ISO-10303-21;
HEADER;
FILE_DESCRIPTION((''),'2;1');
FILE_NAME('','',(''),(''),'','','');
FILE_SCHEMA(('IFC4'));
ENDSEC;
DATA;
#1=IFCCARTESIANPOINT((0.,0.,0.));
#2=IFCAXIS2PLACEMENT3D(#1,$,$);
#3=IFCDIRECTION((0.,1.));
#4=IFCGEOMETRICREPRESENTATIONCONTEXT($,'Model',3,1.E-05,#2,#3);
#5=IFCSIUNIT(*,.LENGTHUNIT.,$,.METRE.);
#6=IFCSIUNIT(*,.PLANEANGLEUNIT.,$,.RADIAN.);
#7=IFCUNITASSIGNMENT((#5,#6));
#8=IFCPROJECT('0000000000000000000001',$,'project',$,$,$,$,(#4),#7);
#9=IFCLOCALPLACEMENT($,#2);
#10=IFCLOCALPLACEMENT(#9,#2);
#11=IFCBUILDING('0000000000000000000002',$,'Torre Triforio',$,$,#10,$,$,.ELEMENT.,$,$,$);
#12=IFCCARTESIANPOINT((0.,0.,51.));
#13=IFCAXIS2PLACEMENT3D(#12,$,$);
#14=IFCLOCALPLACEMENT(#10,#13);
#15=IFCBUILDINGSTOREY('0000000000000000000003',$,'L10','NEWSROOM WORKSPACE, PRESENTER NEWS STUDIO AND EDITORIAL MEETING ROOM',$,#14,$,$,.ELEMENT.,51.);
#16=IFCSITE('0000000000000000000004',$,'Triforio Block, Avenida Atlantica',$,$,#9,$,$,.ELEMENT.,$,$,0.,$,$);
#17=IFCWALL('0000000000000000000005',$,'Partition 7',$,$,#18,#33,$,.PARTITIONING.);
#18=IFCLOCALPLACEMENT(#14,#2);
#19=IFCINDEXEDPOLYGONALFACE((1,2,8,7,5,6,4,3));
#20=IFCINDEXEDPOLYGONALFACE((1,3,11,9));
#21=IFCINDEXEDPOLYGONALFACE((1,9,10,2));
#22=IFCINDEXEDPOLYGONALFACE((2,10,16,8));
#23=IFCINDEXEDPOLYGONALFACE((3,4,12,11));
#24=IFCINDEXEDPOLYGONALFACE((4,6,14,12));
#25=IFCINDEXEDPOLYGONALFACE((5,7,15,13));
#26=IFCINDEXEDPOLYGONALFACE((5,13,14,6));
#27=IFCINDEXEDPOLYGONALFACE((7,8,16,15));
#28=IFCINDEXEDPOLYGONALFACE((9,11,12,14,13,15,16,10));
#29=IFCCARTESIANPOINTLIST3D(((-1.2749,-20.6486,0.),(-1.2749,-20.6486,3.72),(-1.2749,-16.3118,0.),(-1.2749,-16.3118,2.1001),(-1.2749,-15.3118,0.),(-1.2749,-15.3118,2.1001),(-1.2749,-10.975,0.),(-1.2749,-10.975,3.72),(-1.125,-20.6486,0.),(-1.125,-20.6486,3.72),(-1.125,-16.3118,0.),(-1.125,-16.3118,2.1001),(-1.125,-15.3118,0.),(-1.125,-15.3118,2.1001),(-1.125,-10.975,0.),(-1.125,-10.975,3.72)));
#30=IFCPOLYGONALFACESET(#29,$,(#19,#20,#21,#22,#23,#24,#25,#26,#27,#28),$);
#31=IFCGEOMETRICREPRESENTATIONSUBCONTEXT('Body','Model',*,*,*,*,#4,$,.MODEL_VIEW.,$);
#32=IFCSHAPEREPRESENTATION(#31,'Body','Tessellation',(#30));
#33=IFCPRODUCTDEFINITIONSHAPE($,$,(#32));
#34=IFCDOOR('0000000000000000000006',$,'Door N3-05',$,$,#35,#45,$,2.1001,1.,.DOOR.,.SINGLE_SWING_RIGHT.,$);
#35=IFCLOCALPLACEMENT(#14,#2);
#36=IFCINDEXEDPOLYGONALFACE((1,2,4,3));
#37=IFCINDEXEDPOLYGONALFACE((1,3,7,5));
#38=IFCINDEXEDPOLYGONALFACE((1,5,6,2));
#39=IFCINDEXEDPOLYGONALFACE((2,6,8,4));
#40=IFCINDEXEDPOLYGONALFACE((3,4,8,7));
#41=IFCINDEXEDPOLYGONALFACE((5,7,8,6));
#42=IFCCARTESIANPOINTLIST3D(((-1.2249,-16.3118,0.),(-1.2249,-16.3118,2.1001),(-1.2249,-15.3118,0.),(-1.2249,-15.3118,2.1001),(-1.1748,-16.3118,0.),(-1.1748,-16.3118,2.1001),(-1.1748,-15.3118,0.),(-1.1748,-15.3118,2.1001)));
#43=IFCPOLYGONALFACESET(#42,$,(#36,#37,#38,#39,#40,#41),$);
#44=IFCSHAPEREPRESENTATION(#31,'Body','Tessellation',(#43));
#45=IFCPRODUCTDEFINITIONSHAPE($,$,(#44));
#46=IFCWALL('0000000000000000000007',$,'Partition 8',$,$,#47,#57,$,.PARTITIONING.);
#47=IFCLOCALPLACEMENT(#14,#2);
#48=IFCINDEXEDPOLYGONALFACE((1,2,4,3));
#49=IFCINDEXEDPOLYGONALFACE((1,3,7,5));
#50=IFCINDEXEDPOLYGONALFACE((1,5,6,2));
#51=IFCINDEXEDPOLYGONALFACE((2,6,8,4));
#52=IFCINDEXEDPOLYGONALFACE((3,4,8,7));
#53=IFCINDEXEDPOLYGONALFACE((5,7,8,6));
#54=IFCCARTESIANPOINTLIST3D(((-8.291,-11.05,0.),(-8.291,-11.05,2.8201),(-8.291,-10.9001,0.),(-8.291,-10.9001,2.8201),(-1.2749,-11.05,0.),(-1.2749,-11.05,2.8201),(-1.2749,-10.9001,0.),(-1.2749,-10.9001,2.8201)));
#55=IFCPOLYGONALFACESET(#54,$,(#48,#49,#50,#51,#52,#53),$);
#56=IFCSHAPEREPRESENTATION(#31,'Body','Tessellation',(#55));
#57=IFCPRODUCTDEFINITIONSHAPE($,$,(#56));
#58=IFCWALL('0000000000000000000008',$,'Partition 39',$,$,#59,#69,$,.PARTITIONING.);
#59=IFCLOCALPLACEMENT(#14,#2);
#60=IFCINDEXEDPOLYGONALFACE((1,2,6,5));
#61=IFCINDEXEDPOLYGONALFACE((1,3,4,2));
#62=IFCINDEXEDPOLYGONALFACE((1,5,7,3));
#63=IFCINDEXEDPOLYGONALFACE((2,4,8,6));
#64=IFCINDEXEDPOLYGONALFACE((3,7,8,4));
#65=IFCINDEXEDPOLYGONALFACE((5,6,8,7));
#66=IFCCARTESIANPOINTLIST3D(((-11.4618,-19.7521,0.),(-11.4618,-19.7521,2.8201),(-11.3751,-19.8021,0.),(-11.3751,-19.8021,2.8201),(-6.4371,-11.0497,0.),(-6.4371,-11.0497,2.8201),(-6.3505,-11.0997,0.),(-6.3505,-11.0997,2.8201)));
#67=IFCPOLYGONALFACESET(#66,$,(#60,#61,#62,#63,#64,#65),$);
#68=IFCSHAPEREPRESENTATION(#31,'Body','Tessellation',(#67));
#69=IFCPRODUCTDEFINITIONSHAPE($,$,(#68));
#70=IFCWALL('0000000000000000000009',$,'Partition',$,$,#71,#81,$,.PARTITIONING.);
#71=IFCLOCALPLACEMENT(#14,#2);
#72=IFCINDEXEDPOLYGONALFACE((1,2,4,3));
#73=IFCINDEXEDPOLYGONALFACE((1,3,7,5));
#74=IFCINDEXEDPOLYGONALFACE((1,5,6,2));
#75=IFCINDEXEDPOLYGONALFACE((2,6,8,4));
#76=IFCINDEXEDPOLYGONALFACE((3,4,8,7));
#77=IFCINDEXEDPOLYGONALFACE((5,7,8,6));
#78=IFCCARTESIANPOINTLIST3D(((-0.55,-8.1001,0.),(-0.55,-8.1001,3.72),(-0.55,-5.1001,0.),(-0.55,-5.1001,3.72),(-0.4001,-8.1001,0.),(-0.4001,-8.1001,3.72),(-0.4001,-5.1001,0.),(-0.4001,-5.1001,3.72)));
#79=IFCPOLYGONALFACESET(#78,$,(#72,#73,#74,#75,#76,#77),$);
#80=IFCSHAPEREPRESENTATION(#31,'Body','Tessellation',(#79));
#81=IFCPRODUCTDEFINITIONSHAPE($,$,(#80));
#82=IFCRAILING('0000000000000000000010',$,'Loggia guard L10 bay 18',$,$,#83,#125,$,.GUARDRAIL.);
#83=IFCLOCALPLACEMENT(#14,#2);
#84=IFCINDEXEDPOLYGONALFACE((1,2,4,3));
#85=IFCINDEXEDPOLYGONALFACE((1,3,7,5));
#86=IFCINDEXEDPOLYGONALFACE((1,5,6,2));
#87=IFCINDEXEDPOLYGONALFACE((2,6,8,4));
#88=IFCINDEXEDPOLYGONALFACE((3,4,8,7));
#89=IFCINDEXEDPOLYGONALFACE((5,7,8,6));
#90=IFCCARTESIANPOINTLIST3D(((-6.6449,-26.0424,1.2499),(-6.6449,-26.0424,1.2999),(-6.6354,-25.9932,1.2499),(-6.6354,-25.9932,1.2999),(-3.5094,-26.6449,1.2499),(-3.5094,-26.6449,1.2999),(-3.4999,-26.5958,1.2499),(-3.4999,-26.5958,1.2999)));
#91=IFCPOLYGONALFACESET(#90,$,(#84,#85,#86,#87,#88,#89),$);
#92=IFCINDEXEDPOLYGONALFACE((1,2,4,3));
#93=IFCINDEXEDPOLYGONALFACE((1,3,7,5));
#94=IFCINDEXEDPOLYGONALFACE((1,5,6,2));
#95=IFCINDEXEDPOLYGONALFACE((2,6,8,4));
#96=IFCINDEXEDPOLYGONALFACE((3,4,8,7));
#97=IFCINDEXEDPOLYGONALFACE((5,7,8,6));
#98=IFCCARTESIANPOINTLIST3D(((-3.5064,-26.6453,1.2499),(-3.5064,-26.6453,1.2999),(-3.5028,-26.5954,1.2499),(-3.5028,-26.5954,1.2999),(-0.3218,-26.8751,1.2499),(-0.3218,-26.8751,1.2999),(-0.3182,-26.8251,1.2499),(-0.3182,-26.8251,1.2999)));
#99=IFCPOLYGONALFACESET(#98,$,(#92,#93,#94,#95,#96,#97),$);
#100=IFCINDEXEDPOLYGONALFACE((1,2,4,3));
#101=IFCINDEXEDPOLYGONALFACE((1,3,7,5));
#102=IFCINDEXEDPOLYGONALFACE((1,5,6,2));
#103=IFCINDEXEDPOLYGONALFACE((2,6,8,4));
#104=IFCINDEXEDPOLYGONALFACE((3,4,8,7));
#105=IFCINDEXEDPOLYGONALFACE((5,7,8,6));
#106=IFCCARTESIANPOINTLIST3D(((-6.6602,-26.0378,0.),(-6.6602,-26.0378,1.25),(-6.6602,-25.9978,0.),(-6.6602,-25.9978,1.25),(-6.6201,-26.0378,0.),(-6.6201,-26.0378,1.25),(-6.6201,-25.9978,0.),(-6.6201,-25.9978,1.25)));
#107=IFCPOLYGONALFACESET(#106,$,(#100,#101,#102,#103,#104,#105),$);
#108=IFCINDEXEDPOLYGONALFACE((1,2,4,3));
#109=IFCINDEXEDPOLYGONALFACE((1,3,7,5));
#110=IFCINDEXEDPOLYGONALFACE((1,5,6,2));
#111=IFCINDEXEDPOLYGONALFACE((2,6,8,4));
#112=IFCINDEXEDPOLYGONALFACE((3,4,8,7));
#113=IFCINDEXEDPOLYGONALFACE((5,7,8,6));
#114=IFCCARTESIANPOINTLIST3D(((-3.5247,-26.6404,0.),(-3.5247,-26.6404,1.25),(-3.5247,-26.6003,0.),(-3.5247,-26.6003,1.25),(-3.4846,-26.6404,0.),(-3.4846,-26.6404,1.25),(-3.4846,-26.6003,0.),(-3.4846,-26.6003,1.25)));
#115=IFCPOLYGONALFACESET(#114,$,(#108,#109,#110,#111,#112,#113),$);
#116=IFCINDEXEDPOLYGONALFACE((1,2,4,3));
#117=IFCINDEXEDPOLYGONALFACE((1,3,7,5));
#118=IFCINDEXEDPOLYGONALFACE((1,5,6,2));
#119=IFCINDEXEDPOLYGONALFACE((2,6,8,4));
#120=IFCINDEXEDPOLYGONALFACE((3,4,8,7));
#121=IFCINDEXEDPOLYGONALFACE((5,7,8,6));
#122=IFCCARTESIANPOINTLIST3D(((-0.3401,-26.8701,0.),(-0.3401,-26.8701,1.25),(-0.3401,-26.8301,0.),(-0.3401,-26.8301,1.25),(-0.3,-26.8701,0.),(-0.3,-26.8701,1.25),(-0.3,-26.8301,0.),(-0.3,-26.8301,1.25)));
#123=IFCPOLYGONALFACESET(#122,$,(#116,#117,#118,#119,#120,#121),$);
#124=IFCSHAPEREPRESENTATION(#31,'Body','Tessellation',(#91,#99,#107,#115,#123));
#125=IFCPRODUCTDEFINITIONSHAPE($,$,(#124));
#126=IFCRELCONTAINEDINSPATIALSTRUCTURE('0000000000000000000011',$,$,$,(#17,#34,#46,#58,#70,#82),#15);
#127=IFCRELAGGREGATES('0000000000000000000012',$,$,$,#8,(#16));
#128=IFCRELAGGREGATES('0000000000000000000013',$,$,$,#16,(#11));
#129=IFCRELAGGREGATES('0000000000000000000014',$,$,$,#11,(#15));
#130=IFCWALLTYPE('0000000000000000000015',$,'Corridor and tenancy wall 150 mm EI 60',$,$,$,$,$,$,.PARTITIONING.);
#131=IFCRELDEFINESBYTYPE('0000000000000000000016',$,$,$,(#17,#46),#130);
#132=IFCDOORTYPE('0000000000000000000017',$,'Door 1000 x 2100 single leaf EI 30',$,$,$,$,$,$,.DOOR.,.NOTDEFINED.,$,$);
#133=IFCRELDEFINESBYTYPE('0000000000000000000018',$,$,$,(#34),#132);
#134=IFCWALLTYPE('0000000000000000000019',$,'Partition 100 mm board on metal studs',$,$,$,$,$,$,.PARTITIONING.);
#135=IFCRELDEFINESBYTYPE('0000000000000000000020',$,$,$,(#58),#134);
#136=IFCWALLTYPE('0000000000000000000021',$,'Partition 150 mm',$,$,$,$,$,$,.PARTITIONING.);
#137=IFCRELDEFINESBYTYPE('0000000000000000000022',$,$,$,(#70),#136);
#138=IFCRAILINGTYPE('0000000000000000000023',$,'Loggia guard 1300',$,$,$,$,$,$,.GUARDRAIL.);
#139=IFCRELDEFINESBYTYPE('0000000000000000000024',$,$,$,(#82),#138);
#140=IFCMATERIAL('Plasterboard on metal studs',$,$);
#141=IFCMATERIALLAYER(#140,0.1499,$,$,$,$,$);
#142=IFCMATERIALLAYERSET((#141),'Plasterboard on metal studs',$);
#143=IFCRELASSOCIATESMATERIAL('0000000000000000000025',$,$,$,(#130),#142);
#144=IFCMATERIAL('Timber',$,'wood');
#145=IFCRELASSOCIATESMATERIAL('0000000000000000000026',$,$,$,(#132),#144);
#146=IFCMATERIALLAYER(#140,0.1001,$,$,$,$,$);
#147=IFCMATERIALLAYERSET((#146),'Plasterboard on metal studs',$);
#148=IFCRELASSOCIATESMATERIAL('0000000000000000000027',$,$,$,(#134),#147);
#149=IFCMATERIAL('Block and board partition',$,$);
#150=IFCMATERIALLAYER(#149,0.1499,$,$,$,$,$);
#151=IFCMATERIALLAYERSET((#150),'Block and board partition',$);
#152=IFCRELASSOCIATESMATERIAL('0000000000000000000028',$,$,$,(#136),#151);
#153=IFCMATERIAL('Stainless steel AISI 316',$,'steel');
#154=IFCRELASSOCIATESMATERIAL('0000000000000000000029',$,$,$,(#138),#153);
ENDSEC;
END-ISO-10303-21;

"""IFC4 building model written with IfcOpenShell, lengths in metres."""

from ifc_helpers import new_model, si_unit, direction, frame, frame_2d, origin, origin_2d, place, context, subcontext, project, spatial, rectangle, extrude, material, layer, layer_set, type_object, element, fill, save


model = new_model("IFC4")

# Units and contexts
model_context = context("Model", 3, precision=1e-05, world=origin(), true_north=direction((0.0, 1.0)))
body_context = subcontext(model_context, "Body", "Model", "MODEL_VIEW")
ifc_project = project(units=[si_unit("LENGTHUNIT", "METRE"), si_unit("PLANEANGLEUNIT", "RADIAN")], contexts=[model_context])

# Site, building, storey
site_placement = place(None, origin())
site = spatial("IfcSite", under=ifc_project, at=site_placement, Name="Triforio Block, Avenida Atlantica", CompositionType="ELEMENT", RefElevation=0.0)
building_placement = place(site_placement, origin())
building = spatial("IfcBuilding", under=site, at=building_placement, Name="Torre Triforio", CompositionType="ELEMENT")
storey_placement = place(building_placement, frame((0.0, 0.0, 51.0)))
storey = spatial("IfcBuildingStorey", under=building, at=storey_placement, Name="L10", Description="NEWSROOM WORKSPACE, PRESENTER NEWS STUDIO AND EDITORIAL MEETING ROOM", CompositionType="ELEMENT", Elevation=51.0)

# Wall, opening, door
ifc_material_1 = material(Name="Plasterboard on metal studs")
ifc_layer_1 = layer(ifc_material_1, 0.1499)
ifc_layer_set_1 = layer_set([ifc_layer_1], Name="Plasterboard on metal studs")
wall_type_1 = type_object("IfcWallType", Name="Corridor and tenancy wall 150 mm EI 60", PredefinedType="PARTITIONING", material=ifc_layer_set_1)
wall_1_placement = place(storey_placement, frame((-1.2, -20.6487, 0.0), z_axis=(0.0, 0.0, 1.0), x_axis=(0.0, 1.0, 0.0)))
wall_1 = element("IfcWall", 1, at=wall_1_placement, inside=storey, type_object=wall_type_1, Name="Partition 7", PredefinedType="PARTITIONING", context=body_context, shape_type="SweptSolid", body=[
    extrude(rectangle(XDim=9.6736, YDim=0.1499, at=frame_2d((4.8369, 0.0))), origin(), (0.0, 0.0, 1.0), 3.72),
])
opening_1_placement = place(wall_1_placement, frame((4.3369, 0.0, 0.0)))
opening_1 = element("IfcOpeningElement", 2, at=opening_1_placement, cuts=wall_1, PredefinedType="OPENING", context=body_context, shape_type="SweptSolid", body=[
    extrude(rectangle(XDim=1.0, YDim=2.1001, at=frame_2d((0.5, 1.05))), frame((0.0, 0.085, 0.0), z_axis=(0.0, -1.0, 0.0), x_axis=(1.0, 0.0, 0.0)), (0.0, 0.0, 1.0), 0.1699),
])
ifc_material_2 = material(Name="Timber", Category="wood")
door_type_1 = type_object("IfcDoorType", Name="Door 1000 x 2100 single leaf EI 30", OperationType="NOTDEFINED", PredefinedType="DOOR", material=ifc_material_2)
door_1_placement = place(opening_1_placement, origin())
door_1 = element("IfcDoor", 3, at=door_1_placement, inside=storey, type_object=door_type_1, Name="Door N3-05", OperationType="SINGLE_SWING_RIGHT", OverallHeight=2.1001, OverallWidth=1.0, PredefinedType="DOOR", context=body_context, shape_type="SweptSolid", body=[
    extrude(rectangle(XDim=1.0, YDim=2.1001, at=frame_2d((0.5, 1.05))), frame((0.0, 0.0249, 0.0), z_axis=(0.0, -1.0, 0.0), x_axis=(1.0, 0.0, 0.0)), (0.0, 0.0, 1.0), 0.05),
])
fill(opening_1, door_1)

# Walls
wall_2_placement = place(storey_placement, frame((-1.2749, -10.9751, 0.0), z_axis=(0.0, 0.0, 1.0), x_axis=(-1.0, 0.0, 0.0)))
element("IfcWall", 4, at=wall_2_placement, inside=storey, type_object=wall_type_1, Name="Partition 8", PredefinedType="PARTITIONING", context=body_context, shape_type="SweptSolid", body=[
    extrude(rectangle(XDim=7.0161, YDim=0.1499, at=frame_2d((3.5081, 0.0))), origin(), (0.0, 0.0, 1.0), 2.8201),
])
ifc_layer_2 = layer(ifc_material_1, 0.1001)
ifc_layer_set_2 = layer_set([ifc_layer_2], Name="Plasterboard on metal studs")
wall_type_2 = type_object("IfcWallType", Name="Partition 100 mm board on metal studs", PredefinedType="PARTITIONING", material=ifc_layer_set_2)
wall_3_placement = place(storey_placement, frame((-6.3938, -11.0747, 0.0), z_axis=(0.0, 0.0, 1.0), x_axis=(-0.500025, -0.866011, 0.0)))
element("IfcWall", 5, at=wall_3_placement, inside=storey, type_object=wall_type_2, Name="Partition 39", PredefinedType="PARTITIONING", context=body_context, shape_type="SweptSolid", body=[
    extrude(rectangle(XDim=10.0488, YDim=0.1001, at=frame_2d((5.0244, 0.0))), origin(), (0.0, 0.0, 1.0), 2.8201),
])
ifc_material_3 = material(Name="Block and board partition")
ifc_layer_3 = layer(ifc_material_3, 0.1499)
ifc_layer_set_3 = layer_set([ifc_layer_3], Name="Block and board partition")
wall_type_3 = type_object("IfcWallType", Name="Partition 150 mm", PredefinedType="PARTITIONING", material=ifc_layer_set_3)
wall_4_placement = place(storey_placement, frame((-0.4751, -8.1001, 0.0), z_axis=(0.0, 0.0, 1.0), x_axis=(0.0, 1.0, 0.0)))
element("IfcWall", 6, at=wall_4_placement, inside=storey, type_object=wall_type_3, Name="Partition", PredefinedType="PARTITIONING", context=body_context, shape_type="SweptSolid", body=[
    extrude(rectangle(XDim=3.0, YDim=0.1499, at=frame_2d((1.5, 0.0))), origin(), (0.0, 0.0, 1.0), 3.72),
])

# Railing
ifc_material_4 = material(Name="Stainless steel AISI 316", Category="steel")
railing_type = type_object("IfcRailingType", Name="Loggia guard 1300", PredefinedType="GUARDRAIL", material=ifc_material_4)
railing_placement = place(storey_placement, frame((-6.6401, -26.0178, 0.0)))
element("IfcRailing", 7, at=railing_placement, inside=storey, type_object=railing_type, Name="Loggia guard L10 bay 18", PredefinedType="GUARDRAIL", context=body_context, shape_type="SweptSolid", body=[
    extrude(rectangle(XDim=0.05, YDim=0.05, at=origin_2d()), frame((0.0, 0.0, 1.2749), z_axis=(0.982032, -0.188714, 0.0), x_axis=(0.188714, 0.982032, 0.0)), (0.0, 0.0, 1.0), 3.1929),
    extrude(rectangle(XDim=0.05, YDim=0.05, at=origin_2d()), frame((3.1355, -0.6025, 1.2749), z_axis=(0.997408, -0.071953, 0.0), x_axis=(0.071953, 0.997408, 0.0)), (0.0, 0.0, 1.0), 3.1929),
    extrude(rectangle(XDim=0.04, YDim=0.04, at=origin_2d()), origin(), (0.0, 0.0, 1.0), 1.25),
    extrude(rectangle(XDim=0.04, YDim=0.04, at=origin_2d()), frame((3.1355, -0.6025, 0.0)), (0.0, 0.0, 1.0), 1.25),
    extrude(rectangle(XDim=0.04, YDim=0.04, at=origin_2d()), frame((6.3201, -0.8323, 0.0)), (0.0, 0.0, 1.0), 1.25),
])

save(model, "model.ifc")
